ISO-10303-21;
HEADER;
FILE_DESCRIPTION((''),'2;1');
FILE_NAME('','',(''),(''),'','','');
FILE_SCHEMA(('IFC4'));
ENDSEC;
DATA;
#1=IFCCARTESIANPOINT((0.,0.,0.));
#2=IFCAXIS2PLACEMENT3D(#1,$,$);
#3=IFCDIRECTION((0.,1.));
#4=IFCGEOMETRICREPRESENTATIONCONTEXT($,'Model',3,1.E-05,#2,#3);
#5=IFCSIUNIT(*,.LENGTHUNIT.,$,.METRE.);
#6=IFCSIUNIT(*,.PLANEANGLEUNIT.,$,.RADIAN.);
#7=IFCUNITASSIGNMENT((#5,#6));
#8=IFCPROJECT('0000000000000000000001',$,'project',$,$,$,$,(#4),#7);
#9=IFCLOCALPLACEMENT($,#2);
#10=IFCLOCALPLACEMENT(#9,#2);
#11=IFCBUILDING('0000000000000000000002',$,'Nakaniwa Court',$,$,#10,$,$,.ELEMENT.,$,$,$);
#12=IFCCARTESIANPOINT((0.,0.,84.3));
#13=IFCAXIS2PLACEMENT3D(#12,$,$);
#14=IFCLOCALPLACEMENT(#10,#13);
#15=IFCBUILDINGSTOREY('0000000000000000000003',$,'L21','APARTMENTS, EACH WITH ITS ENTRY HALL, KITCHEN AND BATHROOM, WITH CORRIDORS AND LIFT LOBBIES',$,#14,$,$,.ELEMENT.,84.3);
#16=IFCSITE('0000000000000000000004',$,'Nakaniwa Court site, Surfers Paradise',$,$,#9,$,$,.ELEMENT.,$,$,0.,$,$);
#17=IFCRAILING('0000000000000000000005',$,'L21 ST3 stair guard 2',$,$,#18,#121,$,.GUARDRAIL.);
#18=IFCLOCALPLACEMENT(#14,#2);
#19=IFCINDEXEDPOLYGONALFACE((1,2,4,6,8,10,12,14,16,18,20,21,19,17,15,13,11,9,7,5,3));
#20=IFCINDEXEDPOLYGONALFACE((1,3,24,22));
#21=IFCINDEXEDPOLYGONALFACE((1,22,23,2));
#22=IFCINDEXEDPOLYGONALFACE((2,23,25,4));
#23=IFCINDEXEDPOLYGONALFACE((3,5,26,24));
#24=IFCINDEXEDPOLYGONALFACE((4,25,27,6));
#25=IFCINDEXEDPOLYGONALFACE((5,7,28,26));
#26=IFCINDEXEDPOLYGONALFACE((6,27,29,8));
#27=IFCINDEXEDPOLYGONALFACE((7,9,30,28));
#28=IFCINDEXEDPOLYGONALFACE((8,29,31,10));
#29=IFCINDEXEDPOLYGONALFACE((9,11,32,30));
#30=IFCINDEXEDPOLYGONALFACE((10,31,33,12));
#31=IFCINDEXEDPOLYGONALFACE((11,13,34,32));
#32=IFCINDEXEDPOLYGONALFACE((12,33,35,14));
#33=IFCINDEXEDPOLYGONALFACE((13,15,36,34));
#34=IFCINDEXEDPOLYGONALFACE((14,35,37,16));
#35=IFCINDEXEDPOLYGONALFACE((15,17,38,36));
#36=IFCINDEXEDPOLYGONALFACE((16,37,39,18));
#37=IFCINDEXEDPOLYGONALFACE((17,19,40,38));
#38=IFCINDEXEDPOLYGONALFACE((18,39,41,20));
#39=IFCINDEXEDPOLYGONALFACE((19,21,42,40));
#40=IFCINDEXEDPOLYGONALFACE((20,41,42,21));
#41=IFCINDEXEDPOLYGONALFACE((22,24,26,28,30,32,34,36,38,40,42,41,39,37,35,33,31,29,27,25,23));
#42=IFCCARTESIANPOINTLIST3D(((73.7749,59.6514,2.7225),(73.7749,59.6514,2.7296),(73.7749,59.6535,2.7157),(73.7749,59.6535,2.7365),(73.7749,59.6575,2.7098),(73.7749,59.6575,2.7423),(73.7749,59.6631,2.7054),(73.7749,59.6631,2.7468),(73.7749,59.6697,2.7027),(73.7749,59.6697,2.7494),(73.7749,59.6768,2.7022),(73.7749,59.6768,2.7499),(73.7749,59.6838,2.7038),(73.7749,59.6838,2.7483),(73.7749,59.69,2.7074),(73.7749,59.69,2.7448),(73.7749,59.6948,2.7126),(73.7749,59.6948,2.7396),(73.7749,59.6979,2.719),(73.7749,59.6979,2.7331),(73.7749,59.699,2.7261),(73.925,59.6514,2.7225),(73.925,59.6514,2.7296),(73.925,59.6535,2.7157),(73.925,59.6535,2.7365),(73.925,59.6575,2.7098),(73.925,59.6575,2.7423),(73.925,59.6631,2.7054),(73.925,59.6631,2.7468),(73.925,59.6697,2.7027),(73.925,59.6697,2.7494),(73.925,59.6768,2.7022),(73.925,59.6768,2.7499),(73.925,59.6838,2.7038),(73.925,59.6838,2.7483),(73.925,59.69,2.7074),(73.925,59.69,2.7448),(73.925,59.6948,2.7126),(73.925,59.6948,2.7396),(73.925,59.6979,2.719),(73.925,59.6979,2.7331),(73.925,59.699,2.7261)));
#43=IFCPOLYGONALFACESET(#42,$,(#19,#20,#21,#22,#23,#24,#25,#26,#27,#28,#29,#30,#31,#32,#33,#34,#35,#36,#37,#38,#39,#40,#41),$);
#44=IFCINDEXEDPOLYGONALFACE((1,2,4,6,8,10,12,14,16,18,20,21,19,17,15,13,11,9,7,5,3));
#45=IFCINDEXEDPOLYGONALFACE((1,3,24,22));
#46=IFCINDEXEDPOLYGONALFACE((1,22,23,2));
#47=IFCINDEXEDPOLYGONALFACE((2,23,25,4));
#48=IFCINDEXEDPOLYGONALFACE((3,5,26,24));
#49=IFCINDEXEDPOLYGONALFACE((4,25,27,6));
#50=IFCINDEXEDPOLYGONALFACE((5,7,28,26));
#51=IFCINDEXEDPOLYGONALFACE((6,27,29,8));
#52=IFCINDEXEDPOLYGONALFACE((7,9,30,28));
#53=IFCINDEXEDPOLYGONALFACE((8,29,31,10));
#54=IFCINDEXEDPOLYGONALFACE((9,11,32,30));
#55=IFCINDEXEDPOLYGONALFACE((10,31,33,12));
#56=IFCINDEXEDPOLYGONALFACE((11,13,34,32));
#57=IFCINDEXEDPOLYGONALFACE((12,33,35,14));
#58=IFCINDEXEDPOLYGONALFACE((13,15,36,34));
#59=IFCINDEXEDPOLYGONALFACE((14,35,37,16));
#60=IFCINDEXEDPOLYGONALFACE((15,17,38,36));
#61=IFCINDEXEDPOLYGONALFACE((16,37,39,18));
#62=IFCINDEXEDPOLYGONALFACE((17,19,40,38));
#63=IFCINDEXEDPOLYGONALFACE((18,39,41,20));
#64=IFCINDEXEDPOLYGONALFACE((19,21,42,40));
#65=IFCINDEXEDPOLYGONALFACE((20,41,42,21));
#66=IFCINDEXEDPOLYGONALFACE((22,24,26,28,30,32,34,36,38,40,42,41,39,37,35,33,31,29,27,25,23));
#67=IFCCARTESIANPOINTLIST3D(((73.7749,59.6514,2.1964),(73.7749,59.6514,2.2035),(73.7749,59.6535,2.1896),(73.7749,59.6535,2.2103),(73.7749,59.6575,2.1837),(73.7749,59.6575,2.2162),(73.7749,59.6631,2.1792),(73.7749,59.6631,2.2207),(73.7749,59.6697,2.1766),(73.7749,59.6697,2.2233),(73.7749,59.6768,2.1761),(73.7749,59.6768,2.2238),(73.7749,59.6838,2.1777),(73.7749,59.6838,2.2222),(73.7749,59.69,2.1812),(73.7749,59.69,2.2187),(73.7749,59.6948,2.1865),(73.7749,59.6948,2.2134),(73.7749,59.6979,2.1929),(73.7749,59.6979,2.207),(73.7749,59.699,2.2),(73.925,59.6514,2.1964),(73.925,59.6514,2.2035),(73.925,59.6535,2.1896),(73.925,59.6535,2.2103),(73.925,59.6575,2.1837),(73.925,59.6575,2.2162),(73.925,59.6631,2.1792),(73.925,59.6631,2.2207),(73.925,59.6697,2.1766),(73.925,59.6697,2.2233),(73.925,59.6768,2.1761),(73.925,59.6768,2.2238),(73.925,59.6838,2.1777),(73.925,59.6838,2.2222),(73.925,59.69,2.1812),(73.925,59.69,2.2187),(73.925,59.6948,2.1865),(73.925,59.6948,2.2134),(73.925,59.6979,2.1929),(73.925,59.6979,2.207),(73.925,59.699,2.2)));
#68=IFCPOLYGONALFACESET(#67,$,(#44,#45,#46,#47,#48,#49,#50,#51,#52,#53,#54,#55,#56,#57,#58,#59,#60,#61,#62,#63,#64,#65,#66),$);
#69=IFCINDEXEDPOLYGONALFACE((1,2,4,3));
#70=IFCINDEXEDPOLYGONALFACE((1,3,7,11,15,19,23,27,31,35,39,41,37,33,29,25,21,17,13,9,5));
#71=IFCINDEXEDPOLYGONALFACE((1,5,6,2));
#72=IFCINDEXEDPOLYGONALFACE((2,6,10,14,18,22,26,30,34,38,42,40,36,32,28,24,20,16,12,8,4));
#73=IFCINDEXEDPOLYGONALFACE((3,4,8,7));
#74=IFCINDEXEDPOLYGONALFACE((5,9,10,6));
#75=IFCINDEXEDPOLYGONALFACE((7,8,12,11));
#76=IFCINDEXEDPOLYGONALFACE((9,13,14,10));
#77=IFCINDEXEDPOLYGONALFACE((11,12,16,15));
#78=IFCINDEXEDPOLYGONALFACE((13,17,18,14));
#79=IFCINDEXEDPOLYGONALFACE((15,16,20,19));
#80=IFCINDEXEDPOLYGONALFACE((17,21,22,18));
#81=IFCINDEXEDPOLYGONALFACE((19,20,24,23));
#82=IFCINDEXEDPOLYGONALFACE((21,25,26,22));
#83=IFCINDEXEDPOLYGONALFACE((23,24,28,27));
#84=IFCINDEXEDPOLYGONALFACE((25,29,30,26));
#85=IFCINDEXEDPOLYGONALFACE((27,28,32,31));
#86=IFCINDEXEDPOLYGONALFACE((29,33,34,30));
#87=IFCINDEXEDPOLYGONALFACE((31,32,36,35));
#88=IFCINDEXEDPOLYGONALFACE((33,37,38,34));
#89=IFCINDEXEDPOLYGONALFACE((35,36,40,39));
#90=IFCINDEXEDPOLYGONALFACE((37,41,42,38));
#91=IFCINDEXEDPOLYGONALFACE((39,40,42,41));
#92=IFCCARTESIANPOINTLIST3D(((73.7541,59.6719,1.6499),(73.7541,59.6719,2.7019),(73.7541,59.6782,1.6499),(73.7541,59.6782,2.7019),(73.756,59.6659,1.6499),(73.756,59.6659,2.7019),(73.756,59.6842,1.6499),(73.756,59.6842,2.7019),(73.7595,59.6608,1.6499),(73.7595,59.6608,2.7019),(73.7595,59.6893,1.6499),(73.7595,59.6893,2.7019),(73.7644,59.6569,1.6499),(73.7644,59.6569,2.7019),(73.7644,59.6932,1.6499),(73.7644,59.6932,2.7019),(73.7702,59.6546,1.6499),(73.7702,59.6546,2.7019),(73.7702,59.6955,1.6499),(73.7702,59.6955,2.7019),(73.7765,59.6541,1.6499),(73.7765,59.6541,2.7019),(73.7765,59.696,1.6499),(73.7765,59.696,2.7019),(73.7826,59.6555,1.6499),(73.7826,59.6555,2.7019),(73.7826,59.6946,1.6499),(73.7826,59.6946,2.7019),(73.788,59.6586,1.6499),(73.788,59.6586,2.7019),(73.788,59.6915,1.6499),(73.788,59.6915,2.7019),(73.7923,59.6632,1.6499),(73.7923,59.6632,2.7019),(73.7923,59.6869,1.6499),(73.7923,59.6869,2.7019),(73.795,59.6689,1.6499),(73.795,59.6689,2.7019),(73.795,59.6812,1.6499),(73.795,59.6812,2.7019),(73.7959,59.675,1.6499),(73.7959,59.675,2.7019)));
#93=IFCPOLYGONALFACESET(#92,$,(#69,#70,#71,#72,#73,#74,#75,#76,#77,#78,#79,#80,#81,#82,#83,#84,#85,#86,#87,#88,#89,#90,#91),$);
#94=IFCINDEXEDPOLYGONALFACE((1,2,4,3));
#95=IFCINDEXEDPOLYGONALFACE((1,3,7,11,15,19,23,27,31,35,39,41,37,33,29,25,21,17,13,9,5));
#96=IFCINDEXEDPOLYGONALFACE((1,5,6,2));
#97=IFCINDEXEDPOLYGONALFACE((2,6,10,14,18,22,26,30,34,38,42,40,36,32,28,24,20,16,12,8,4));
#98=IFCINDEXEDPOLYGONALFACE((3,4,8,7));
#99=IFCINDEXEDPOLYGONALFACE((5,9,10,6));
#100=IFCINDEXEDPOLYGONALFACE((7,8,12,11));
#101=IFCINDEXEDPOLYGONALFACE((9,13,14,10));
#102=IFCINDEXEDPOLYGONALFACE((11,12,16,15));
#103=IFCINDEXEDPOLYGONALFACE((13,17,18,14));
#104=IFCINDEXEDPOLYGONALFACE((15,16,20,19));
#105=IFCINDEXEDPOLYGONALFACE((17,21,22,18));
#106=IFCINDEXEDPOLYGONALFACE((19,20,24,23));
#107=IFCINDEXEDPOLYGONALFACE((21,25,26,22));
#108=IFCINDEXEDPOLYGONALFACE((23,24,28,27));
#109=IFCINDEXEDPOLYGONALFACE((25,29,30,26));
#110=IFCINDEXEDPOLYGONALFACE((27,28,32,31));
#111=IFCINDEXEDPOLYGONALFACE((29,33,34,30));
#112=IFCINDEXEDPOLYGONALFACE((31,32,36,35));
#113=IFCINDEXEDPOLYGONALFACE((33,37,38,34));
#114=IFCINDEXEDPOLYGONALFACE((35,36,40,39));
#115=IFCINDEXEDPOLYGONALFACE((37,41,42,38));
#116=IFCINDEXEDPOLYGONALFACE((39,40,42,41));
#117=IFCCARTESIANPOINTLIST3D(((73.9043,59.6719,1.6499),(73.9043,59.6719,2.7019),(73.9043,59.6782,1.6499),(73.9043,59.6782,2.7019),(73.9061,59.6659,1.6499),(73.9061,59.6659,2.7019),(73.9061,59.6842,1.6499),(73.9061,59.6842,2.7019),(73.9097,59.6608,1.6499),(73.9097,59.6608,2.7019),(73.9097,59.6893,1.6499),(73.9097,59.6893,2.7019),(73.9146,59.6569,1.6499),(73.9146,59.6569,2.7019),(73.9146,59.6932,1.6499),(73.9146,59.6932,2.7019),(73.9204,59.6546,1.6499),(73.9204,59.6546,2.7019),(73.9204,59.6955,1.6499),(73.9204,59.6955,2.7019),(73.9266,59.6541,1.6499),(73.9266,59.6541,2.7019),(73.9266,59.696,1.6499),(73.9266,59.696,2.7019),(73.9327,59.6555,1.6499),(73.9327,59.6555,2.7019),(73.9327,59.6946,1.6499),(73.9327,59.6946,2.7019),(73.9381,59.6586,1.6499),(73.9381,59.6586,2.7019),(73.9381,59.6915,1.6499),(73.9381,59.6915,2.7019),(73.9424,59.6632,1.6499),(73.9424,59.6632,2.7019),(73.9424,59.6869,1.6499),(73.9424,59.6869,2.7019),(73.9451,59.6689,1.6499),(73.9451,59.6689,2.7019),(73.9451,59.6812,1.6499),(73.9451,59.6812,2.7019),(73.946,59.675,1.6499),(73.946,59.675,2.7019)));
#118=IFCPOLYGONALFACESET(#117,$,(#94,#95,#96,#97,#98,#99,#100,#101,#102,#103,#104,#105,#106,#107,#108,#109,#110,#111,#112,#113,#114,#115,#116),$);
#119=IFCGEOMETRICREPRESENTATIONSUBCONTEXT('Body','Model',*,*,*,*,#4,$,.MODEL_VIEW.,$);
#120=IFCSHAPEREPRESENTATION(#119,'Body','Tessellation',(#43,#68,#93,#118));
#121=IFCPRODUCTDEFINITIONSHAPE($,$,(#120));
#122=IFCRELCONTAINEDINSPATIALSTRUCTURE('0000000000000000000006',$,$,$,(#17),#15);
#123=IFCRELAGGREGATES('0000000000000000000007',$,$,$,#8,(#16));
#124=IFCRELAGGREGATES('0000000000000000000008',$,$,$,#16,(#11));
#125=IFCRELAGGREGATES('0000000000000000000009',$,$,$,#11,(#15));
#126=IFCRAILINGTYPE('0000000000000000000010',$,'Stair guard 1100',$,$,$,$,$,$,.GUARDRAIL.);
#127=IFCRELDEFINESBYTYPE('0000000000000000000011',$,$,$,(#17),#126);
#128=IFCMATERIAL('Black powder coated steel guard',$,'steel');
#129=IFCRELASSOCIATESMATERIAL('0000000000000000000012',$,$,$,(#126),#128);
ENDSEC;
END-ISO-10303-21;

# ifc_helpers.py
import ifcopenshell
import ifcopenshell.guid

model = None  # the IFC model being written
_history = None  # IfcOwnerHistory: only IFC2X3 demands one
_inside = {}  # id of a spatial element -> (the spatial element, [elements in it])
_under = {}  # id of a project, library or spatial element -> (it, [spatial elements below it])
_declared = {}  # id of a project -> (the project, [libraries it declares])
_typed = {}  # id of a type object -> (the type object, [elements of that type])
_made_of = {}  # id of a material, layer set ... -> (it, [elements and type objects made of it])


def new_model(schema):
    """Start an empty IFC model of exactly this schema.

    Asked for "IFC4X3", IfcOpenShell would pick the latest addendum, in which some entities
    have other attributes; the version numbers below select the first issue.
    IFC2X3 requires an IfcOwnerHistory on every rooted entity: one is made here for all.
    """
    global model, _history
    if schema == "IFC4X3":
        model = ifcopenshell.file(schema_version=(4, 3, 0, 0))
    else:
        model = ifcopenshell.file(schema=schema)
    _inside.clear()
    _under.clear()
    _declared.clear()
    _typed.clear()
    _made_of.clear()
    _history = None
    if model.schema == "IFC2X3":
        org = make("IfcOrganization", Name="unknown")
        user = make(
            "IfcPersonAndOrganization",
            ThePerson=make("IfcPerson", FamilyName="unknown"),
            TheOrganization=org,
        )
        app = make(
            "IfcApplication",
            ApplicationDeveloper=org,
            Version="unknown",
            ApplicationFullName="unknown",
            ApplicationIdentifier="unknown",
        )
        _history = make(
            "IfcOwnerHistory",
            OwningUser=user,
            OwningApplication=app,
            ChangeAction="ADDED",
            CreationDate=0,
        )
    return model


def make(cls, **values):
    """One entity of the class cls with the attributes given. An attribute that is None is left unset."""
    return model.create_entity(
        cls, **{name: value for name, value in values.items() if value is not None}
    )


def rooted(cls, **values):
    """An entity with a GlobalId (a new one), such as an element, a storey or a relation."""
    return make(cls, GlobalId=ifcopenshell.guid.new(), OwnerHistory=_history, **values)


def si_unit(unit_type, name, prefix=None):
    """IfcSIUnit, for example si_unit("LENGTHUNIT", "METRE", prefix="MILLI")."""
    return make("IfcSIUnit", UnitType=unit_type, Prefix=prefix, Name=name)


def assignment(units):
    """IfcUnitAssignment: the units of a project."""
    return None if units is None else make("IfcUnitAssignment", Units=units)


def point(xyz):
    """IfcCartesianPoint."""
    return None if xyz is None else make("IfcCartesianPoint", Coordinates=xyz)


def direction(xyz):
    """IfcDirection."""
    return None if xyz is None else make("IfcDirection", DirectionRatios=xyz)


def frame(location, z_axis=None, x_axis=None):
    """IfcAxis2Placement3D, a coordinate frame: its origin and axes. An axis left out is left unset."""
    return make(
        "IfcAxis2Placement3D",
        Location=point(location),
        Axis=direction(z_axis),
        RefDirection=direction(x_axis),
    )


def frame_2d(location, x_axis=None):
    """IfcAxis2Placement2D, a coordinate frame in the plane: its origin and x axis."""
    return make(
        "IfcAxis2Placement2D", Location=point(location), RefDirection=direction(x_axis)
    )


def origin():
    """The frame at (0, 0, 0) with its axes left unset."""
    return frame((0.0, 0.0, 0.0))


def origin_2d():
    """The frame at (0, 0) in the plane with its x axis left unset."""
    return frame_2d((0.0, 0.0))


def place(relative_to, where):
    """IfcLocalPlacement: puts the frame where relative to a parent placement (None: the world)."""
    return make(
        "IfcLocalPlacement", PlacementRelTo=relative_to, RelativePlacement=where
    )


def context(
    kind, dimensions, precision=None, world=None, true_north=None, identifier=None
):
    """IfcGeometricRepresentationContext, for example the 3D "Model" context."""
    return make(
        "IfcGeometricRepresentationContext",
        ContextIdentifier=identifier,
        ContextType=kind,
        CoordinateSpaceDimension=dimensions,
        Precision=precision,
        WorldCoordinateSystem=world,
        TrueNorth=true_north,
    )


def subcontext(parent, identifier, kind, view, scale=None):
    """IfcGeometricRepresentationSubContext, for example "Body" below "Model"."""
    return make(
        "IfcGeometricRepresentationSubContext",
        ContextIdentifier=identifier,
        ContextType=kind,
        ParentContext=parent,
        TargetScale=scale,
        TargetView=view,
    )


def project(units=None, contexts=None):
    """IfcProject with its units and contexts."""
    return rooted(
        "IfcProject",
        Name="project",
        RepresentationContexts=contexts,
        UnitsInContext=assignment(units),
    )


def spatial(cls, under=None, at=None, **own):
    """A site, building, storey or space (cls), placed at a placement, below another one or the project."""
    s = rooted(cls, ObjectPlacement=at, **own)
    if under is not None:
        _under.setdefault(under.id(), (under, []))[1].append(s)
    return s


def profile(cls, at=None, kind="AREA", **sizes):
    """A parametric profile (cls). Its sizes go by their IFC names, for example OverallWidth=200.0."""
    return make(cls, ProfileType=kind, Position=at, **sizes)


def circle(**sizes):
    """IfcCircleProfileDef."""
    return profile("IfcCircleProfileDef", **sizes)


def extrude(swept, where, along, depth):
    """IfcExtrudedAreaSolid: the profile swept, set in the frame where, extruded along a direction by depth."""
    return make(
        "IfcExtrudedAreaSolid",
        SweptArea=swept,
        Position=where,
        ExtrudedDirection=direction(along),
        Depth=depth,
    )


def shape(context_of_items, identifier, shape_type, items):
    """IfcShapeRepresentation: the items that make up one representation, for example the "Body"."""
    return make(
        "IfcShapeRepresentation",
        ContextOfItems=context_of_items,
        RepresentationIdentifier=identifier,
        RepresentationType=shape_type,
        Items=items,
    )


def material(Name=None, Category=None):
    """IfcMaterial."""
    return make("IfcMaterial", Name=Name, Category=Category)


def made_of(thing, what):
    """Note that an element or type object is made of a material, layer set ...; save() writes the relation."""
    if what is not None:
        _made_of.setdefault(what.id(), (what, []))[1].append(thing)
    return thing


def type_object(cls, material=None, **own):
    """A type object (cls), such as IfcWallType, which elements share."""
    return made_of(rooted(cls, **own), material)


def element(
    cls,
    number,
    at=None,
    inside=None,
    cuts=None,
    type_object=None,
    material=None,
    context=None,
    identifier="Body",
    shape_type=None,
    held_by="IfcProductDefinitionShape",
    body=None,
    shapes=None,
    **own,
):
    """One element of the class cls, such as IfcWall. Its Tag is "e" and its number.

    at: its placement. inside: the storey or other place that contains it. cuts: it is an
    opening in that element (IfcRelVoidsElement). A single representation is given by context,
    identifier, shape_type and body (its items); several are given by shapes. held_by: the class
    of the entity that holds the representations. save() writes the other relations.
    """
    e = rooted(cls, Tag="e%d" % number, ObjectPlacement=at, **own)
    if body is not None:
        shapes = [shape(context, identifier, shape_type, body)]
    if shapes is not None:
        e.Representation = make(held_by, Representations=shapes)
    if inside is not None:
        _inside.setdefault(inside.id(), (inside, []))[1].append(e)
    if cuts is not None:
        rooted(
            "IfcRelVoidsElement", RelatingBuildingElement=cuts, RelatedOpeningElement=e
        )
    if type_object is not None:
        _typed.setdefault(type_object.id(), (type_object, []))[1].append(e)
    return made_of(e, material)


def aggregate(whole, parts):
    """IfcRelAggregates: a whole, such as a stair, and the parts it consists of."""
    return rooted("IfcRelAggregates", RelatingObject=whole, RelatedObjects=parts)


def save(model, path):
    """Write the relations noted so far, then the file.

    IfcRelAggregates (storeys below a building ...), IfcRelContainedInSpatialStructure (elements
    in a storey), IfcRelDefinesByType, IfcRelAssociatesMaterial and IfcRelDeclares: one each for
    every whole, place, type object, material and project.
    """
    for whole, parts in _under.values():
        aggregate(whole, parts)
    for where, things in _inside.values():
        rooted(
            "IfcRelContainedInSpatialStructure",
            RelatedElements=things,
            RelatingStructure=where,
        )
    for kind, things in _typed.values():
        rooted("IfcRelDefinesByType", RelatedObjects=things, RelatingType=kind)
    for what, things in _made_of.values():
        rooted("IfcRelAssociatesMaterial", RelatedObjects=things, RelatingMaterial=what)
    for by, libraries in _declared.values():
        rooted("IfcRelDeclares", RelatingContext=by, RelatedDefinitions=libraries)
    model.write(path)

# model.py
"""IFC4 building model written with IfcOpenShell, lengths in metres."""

from ifc_helpers import new_model, si_unit, direction, frame, origin, origin_2d, place, context, subcontext, project, spatial, circle, extrude, material, type_object, element, save


model = new_model("IFC4")

# Units and contexts
model_context = context("Model", 3, precision=1e-05, world=origin(), true_north=direction((0.0, 1.0)))
body_context = subcontext(model_context, "Body", "Model", "MODEL_VIEW")
ifc_project = project(units=[si_unit("LENGTHUNIT", "METRE"), si_unit("PLANEANGLEUNIT", "RADIAN")], contexts=[model_context])

# Site, building, storey
site_placement = place(None, origin())
site = spatial("IfcSite", under=ifc_project, at=site_placement, Name="Nakaniwa Court site, Surfers Paradise", CompositionType="ELEMENT", RefElevation=0.0)
building_placement = place(site_placement, origin())
building = spatial("IfcBuilding", under=site, at=building_placement, Name="Nakaniwa Court", CompositionType="ELEMENT")
storey_placement = place(building_placement, frame((0.0, 0.0, 84.3)))
storey = spatial("IfcBuildingStorey", under=building, at=storey_placement, Name="L21", Description="APARTMENTS, EACH WITH ITS ENTRY HALL, KITCHEN AND BATHROOM, WITH CORRIDORS AND LIFT LOBBIES", CompositionType="ELEMENT", Elevation=84.3)

# Railing
ifc_material_1 = material(Name="Black powder coated steel guard", Category="steel")
railing_type_1 = type_object("IfcRailingType", Name="Stair guard 1100", PredefinedType="GUARDRAIL", material=ifc_material_1)
railing_1_placement = place(storey_placement, frame((73.7749, 59.675, 1.6499)))
element("IfcRailing", 1, at=railing_1_placement, inside=storey, type_object=railing_type_1, Name="L21 ST3 stair guard 2", PredefinedType="GUARDRAIL", context=body_context, shape_type="SweptSolid", body=[
    extrude(circle(Radius=0.0239, at=origin_2d()), frame((0.0, 0.0, 1.0762), z_axis=(1.0, 0.0, 0.0), x_axis=(0.0, 1.0, 0.0)), (0.0, 0.0, 1.0), 0.1501),
    extrude(circle(Radius=0.0239, at=origin_2d()), frame((0.0, 0.0, 0.55), z_axis=(1.0, 0.0, 0.0), x_axis=(0.0, 1.0, 0.0)), (0.0, 0.0, 1.0), 0.1501),
    extrude(circle(Radius=0.021, at=origin_2d()), origin(), (0.0, 0.0, 1.0), 1.052),
    extrude(circle(Radius=0.021, at=origin_2d()), frame((0.1501, 0.0, 0.0)), (0.0, 0.0, 1.0), 1.052),
])

save(model, "model.ifc")
